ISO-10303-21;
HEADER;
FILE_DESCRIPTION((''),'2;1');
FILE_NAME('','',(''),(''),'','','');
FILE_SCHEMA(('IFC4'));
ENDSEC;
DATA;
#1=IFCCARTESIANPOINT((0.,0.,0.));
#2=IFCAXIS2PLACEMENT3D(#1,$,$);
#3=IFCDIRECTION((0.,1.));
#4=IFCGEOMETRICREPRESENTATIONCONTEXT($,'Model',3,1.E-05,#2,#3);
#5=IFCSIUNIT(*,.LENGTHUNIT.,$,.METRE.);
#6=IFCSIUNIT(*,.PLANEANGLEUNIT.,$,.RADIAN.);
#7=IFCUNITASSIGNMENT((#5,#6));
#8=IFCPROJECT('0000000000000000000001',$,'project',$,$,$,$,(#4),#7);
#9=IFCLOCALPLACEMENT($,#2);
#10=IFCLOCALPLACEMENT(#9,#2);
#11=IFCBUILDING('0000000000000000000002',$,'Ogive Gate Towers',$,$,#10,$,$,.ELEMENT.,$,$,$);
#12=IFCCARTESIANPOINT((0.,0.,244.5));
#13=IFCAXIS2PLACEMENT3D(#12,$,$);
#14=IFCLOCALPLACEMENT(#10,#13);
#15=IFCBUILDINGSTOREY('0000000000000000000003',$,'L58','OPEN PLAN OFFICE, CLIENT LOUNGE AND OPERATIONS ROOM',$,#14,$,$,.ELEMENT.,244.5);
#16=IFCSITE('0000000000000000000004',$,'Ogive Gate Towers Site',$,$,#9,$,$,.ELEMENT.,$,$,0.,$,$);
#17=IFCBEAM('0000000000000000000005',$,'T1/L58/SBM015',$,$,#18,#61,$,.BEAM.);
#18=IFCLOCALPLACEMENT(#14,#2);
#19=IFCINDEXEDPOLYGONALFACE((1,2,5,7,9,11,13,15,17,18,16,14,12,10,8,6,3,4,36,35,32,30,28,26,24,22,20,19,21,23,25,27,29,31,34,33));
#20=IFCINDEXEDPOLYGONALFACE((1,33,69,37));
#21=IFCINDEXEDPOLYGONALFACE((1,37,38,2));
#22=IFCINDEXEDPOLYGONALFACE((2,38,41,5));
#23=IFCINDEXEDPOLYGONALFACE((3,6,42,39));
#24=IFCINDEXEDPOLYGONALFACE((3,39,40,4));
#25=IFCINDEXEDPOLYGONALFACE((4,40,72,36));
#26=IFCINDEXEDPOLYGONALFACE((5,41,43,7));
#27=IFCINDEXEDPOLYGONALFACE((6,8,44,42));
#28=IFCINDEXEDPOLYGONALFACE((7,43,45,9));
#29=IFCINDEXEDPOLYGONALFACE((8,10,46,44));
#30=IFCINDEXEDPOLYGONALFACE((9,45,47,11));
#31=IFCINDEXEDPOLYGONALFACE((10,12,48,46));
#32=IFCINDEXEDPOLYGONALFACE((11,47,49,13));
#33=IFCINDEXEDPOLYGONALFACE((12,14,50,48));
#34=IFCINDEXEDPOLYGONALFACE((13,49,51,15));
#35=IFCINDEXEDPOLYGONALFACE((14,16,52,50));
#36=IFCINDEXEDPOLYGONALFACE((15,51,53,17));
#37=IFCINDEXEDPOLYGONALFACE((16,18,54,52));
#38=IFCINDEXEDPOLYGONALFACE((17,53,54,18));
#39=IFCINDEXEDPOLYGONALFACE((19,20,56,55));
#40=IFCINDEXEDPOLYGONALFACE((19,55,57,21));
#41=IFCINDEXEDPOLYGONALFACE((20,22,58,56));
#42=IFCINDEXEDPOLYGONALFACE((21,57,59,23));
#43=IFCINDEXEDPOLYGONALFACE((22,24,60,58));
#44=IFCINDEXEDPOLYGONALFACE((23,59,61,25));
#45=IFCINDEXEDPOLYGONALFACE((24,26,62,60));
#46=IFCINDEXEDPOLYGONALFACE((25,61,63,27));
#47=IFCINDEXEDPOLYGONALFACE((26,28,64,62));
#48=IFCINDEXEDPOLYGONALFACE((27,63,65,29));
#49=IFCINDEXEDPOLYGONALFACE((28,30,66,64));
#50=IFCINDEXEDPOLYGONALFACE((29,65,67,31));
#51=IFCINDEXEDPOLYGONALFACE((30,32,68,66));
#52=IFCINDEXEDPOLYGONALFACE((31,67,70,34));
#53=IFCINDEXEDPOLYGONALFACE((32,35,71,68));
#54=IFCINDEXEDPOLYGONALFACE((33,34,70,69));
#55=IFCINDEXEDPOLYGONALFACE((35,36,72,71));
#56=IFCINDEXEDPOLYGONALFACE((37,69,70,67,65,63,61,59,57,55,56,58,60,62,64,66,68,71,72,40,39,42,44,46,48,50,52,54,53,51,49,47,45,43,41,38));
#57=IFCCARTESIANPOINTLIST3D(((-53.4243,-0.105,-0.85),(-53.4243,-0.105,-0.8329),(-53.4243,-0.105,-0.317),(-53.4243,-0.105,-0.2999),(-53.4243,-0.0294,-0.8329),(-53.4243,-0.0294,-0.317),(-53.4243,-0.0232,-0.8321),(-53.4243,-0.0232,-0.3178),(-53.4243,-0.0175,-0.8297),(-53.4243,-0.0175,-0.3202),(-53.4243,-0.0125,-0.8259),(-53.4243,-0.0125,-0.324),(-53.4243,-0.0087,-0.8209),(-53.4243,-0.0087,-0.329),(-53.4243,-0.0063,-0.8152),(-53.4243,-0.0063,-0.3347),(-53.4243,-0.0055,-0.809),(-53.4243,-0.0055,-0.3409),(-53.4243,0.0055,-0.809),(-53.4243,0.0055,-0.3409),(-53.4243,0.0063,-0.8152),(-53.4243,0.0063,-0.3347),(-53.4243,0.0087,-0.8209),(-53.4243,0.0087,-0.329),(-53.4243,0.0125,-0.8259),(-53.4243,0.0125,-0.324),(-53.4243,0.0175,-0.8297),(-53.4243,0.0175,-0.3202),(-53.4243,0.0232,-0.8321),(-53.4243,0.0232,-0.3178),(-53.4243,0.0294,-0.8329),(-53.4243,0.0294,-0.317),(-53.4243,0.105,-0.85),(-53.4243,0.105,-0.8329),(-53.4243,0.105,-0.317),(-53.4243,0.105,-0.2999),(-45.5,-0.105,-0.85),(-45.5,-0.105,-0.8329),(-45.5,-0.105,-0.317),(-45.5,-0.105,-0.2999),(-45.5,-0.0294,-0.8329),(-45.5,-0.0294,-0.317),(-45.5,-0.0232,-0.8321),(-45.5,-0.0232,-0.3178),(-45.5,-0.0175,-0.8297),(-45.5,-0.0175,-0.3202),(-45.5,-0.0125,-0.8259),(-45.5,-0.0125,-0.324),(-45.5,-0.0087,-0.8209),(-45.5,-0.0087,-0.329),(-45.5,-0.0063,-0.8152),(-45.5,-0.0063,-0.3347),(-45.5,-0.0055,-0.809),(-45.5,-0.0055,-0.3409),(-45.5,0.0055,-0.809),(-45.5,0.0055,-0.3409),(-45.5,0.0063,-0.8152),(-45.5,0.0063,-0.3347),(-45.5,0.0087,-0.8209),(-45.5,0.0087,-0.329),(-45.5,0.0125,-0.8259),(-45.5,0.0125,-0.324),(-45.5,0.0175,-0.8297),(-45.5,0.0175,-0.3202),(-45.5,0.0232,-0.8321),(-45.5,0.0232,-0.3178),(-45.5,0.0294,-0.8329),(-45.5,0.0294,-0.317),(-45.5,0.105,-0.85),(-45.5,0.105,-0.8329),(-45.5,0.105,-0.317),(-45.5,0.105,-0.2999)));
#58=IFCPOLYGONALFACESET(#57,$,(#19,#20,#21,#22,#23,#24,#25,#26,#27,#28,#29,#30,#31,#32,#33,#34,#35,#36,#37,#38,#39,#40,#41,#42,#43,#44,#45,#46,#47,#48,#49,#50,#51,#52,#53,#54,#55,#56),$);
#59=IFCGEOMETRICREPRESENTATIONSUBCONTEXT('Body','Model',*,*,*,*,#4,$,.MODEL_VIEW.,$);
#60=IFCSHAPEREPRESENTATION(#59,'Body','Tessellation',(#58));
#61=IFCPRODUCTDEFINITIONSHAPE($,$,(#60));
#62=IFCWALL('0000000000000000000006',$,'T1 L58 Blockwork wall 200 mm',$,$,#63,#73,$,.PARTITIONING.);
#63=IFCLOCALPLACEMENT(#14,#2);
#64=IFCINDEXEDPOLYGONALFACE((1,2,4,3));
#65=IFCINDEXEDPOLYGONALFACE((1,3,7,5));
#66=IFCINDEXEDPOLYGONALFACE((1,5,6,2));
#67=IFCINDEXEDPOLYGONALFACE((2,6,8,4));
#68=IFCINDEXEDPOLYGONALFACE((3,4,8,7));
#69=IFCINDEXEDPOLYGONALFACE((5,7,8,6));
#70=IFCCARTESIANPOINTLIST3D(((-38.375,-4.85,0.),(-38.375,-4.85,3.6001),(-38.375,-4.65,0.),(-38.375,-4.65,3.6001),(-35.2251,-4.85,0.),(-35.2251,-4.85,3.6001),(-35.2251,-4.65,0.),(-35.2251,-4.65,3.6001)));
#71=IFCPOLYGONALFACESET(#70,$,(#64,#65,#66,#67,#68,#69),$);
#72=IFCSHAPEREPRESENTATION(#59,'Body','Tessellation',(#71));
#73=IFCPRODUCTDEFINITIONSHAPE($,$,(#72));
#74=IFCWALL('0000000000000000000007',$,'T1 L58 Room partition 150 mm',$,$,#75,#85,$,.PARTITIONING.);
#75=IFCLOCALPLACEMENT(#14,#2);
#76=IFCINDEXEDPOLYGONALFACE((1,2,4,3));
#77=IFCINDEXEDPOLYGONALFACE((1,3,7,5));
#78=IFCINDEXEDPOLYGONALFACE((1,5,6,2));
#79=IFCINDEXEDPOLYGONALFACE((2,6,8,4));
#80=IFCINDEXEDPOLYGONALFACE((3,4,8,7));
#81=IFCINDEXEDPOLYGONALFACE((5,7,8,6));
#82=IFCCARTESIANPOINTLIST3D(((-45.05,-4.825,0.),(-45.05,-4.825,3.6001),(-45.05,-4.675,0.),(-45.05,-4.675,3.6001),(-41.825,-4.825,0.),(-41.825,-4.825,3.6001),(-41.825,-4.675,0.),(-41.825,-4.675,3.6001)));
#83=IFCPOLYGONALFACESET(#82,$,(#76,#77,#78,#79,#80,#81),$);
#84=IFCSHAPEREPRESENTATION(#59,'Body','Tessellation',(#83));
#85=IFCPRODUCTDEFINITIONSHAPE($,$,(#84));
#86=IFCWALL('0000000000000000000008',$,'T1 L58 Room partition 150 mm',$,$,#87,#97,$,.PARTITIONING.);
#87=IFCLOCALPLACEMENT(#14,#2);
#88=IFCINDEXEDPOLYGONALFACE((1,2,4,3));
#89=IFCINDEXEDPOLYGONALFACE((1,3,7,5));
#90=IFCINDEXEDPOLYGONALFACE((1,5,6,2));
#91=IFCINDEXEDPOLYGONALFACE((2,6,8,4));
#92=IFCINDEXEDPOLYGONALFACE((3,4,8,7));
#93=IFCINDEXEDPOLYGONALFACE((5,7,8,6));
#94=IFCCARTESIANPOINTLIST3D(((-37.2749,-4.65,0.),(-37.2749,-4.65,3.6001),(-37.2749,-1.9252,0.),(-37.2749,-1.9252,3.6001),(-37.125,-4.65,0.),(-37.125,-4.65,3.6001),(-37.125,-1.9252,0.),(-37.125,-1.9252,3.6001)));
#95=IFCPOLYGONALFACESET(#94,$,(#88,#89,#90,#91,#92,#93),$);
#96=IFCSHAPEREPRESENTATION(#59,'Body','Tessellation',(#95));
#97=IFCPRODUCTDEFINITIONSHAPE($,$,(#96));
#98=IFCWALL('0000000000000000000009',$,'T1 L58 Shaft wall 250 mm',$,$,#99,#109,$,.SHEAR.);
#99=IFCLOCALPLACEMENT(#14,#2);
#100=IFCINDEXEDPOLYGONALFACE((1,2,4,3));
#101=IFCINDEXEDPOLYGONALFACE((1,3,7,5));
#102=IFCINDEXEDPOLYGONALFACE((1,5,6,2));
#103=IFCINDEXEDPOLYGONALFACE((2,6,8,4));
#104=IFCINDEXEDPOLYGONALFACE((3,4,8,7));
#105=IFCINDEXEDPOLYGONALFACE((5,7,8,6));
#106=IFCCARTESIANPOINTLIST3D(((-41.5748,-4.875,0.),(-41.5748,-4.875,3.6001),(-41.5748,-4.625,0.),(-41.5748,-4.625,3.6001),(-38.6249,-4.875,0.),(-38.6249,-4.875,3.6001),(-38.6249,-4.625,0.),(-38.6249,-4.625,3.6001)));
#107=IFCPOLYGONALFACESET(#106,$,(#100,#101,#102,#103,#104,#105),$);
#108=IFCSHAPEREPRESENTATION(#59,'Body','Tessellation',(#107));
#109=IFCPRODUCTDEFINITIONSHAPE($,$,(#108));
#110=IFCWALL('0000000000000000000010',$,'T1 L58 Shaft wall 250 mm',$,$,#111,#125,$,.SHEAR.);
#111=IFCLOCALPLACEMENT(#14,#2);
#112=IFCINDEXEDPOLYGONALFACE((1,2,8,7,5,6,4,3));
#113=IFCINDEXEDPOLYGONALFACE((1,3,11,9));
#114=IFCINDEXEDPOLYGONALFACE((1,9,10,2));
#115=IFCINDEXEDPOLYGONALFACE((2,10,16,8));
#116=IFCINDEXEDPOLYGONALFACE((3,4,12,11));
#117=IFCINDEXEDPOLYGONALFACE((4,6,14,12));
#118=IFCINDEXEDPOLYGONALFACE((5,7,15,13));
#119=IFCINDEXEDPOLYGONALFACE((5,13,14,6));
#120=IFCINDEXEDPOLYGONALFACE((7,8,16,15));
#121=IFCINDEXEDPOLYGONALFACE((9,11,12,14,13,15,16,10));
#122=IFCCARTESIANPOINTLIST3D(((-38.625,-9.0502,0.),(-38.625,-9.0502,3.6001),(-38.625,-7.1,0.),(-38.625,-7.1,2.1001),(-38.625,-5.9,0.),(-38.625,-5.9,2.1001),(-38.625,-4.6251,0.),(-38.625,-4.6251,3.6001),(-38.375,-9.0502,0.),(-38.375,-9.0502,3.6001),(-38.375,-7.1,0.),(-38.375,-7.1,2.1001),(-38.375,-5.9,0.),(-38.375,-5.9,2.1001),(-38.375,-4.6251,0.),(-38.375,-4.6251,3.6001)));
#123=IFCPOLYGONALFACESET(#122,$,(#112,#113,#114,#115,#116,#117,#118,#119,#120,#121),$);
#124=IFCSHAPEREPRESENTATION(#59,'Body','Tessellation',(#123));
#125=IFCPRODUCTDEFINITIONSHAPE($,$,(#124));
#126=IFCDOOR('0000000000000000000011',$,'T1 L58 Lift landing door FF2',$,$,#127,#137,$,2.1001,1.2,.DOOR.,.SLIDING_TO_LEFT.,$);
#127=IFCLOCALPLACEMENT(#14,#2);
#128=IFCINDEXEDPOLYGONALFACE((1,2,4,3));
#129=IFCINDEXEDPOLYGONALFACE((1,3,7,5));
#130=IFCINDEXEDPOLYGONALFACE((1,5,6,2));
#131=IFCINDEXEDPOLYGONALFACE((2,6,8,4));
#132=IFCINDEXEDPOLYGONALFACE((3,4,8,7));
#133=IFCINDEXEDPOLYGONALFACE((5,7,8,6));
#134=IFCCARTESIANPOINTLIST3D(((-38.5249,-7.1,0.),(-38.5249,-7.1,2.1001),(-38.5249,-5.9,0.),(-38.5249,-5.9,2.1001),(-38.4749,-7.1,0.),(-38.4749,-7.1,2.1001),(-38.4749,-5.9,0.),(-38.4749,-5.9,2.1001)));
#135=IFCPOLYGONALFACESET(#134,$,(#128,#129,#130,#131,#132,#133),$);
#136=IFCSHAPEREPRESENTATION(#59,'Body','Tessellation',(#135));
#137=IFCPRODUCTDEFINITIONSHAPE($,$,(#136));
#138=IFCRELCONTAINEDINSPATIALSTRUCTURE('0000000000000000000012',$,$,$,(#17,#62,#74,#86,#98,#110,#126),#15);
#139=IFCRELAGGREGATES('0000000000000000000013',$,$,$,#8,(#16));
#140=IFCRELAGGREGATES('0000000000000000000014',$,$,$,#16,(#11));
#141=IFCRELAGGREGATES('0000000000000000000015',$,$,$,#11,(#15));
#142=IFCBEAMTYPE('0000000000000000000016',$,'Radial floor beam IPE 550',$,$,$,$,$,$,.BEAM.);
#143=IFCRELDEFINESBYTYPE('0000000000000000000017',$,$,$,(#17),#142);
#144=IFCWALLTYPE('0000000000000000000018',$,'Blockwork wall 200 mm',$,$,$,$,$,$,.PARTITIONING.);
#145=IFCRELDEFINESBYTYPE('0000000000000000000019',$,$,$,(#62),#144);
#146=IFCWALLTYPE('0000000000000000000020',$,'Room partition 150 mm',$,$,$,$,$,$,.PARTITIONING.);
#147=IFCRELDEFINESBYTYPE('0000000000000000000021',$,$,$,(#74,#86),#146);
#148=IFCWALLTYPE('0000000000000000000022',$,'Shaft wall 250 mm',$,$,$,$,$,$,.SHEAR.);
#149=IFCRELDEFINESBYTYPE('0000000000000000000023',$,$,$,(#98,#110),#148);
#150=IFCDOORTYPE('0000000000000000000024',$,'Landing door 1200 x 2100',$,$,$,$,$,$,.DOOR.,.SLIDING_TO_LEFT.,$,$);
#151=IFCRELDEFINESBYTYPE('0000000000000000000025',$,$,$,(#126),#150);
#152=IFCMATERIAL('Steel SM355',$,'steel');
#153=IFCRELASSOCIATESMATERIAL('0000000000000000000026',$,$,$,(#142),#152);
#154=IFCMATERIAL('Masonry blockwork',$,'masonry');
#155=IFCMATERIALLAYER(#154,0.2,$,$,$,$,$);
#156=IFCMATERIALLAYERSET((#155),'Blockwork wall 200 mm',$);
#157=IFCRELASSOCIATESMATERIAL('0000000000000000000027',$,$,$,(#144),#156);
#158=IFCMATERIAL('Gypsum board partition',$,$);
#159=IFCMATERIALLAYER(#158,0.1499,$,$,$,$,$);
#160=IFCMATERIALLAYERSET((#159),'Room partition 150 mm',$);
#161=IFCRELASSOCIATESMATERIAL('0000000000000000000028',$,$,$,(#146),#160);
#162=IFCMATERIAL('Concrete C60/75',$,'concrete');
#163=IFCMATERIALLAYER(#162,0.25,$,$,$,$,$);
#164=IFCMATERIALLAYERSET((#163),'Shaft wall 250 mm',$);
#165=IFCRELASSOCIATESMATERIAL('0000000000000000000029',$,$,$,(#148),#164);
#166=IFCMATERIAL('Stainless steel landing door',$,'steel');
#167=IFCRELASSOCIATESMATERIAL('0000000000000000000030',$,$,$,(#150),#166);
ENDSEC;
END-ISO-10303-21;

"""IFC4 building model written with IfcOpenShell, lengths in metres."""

from ifc_helpers import new_model, si_unit, direction, frame, frame_2d, origin, origin_2d, place, context, subcontext, project, spatial, rectangle, i_section, extrude, material, layer, layer_set, material_profile, profile_set, type_object, element, fill, save


model = new_model("IFC4")

# Units and contexts
model_context = context("Model", 3, precision=1e-05, world=origin(), true_north=direction((0.0, 1.0)))
body_context = subcontext(model_context, "Body", "Model", "MODEL_VIEW")
ifc_project = project(units=[si_unit("LENGTHUNIT", "METRE"), si_unit("PLANEANGLEUNIT", "RADIAN")], contexts=[model_context])

# Site, building, storey
site_placement = place(None, origin())
site = spatial("IfcSite", under=ifc_project, at=site_placement, Name="Ogive Gate Towers Site", CompositionType="ELEMENT", RefElevation=0.0)
building_placement = place(site_placement, origin())
building = spatial("IfcBuilding", under=site, at=building_placement, Name="Ogive Gate Towers", CompositionType="ELEMENT")
storey_placement = place(building_placement, frame((0.0, 0.0, 244.5)))
storey = spatial("IfcBuildingStorey", under=building, at=storey_placement, Name="L58", Description="OPEN PLAN OFFICE, CLIENT LOUNGE AND OPERATIONS ROOM", CompositionType="ELEMENT", Elevation=244.5)

# Beam
ifc_material_1 = material(Name="Steel SM355", Category="steel")
ifc_material_profile = material_profile(ifc_material_1, i_section(OverallWidth=0.21, OverallDepth=0.55, WebThickness=0.011, FlangeThickness=0.0171, FilletRadius=0.0239, at=origin_2d()), Name="IPE 550")
ifc_profile_set = profile_set([ifc_material_profile], Name="Steel SM355")
beam_type = type_object("IfcBeamType", Name="Radial floor beam IPE 550", PredefinedType="BEAM", material=ifc_profile_set)
beam_placement = place(storey_placement, frame((-45.5, 0.0, -0.575), z_axis=(-1.0, 0.0, 0.0), x_axis=(0.0, -1.0, 0.0)))
element("IfcBeam", 1, at=beam_placement, inside=storey, type_object=beam_type, Name="T1/L58/SBM015", PredefinedType="BEAM", context=body_context, shape_type="SweptSolid", body=[
    extrude(i_section(OverallWidth=0.21, OverallDepth=0.55, WebThickness=0.011, FlangeThickness=0.0171, FilletRadius=0.0239, at=origin_2d()), origin(), (0.0, 0.0, 1.0), 7.9243),
])

# Walls
ifc_material_2 = material(Name="Masonry blockwork", Category="masonry")
ifc_layer_1 = layer(ifc_material_2, 0.2)
ifc_layer_set_1 = layer_set([ifc_layer_1], Name="Blockwork wall 200 mm")
wall_type_1 = type_object("IfcWallType", Name="Blockwork wall 200 mm", PredefinedType="PARTITIONING", material=ifc_layer_set_1)
wall_1_placement = place(storey_placement, frame((-38.375, -4.75, 0.0), z_axis=(0.0, 0.0, 1.0), x_axis=(1.0, 0.0, 0.0)))
element("IfcWall", 2, at=wall_1_placement, inside=storey, type_object=wall_type_1, Name="T1 L58 Blockwork wall 200 mm", PredefinedType="PARTITIONING", context=body_context, shape_type="SweptSolid", body=[
    extrude(rectangle(XDim=3.1499, YDim=0.2, at=frame_2d((1.575, 0.0))), origin(), (0.0, 0.0, 1.0), 3.6001),
])
ifc_material_3 = material(Name="Gypsum board partition")
ifc_layer_2 = layer(ifc_material_3, 0.1499)
ifc_layer_set_2 = layer_set([ifc_layer_2], Name="Room partition 150 mm")
wall_type_2 = type_object("IfcWallType", Name="Room partition 150 mm", PredefinedType="PARTITIONING", material=ifc_layer_set_2)
wall_2_placement = place(storey_placement, frame((-45.05, -4.75, 0.0), z_axis=(0.0, 0.0, 1.0), x_axis=(1.0, 0.0, 0.0)))
element("IfcWall", 3, at=wall_2_placement, inside=storey, type_object=wall_type_2, Name="T1 L58 Room partition 150 mm", PredefinedType="PARTITIONING", context=body_context, shape_type="SweptSolid", body=[
    extrude(rectangle(XDim=3.2251, YDim=0.1499, at=frame_2d((1.6125, 0.0))), origin(), (0.0, 0.0, 1.0), 3.6001),
])
wall_3_placement = place(storey_placement, frame((-37.2, -4.6499, 0.0), z_axis=(0.0, 0.0, 1.0), x_axis=(0.0, 1.0, 0.0)))
element("IfcWall", 4, at=wall_3_placement, inside=storey, type_object=wall_type_2, Name="T1 L58 Room partition 150 mm", PredefinedType="PARTITIONING", context=body_context, shape_type="SweptSolid", body=[
    extrude(rectangle(XDim=2.7249, YDim=0.1499, at=frame_2d((1.3623, 0.0))), origin(), (0.0, 0.0, 1.0), 3.6001),
])
ifc_material_4 = material(Name="Concrete C60/75", Category="concrete")
ifc_layer_3 = layer(ifc_material_4, 0.25)
ifc_layer_set_3 = layer_set([ifc_layer_3], Name="Shaft wall 250 mm")
wall_type_3 = type_object("IfcWallType", Name="Shaft wall 250 mm", PredefinedType="SHEAR", material=ifc_layer_set_3)
wall_4_placement = place(storey_placement, frame((-41.575, -4.75, 0.0), z_axis=(0.0, 0.0, 1.0), x_axis=(1.0, 0.0, 0.0)))
element("IfcWall", 5, at=wall_4_placement, inside=storey, type_object=wall_type_3, Name="T1 L58 Shaft wall 250 mm", PredefinedType="SHEAR", context=body_context, shape_type="SweptSolid", body=[
    extrude(rectangle(XDim=2.95, YDim=0.25, at=frame_2d((1.4751, 0.0))), origin(), (0.0, 0.0, 1.0), 3.6001),
])

# Wall, opening, door
wall_5_placement = place(storey_placement, frame((-38.5, -9.05, 0.0), z_axis=(0.0, 0.0, 1.0), x_axis=(0.0, 1.0, 0.0)))
wall_5 = element("IfcWall", 6, at=wall_5_placement, inside=storey, type_object=wall_type_3, Name="T1 L58 Shaft wall 250 mm", PredefinedType="SHEAR", context=body_context, shape_type="SweptSolid", body=[
    extrude(rectangle(XDim=4.425, YDim=0.25, at=frame_2d((2.2124, 0.0))), origin(), (0.0, 0.0, 1.0), 3.6001),
])
opening_1_placement = place(wall_5_placement, frame((1.95, 0.0, 0.0)))
opening_1 = element("IfcOpeningElement", 7, at=opening_1_placement, cuts=wall_5, PredefinedType="OPENING", context=body_context, shape_type="SweptSolid", body=[
    extrude(rectangle(XDim=1.2, YDim=2.1001, at=frame_2d((0.6001, 1.05))), frame((0.0, 0.135, 0.0), z_axis=(0.0, -1.0, 0.0), x_axis=(1.0, 0.0, 0.0)), (0.0, 0.0, 1.0), 0.27),
])
ifc_material_5 = material(Name="Stainless steel landing door", Category="steel")
door_type_1 = type_object("IfcDoorType", Name="Landing door 1200 x 2100", OperationType="SLIDING_TO_LEFT", PredefinedType="DOOR", material=ifc_material_5)
door_1_placement = place(opening_1_placement, origin())
door_1 = element("IfcDoor", 8, at=door_1_placement, inside=storey, type_object=door_type_1, Name="T1 L58 Lift landing door FF2", OperationType="SLIDING_TO_LEFT", OverallHeight=2.1001, OverallWidth=1.2, PredefinedType="DOOR", context=body_context, shape_type="SweptSolid", body=[
    extrude(rectangle(XDim=1.2, YDim=2.1001, at=frame_2d((0.6001, 1.05))), frame((0.0, 0.0249, 0.0), z_axis=(0.0, -1.0, 0.0), x_axis=(1.0, 0.0, 0.0)), (0.0, 0.0, 1.0), 0.05),
])
fill(opening_1, door_1)

save(model, "model.ifc")
